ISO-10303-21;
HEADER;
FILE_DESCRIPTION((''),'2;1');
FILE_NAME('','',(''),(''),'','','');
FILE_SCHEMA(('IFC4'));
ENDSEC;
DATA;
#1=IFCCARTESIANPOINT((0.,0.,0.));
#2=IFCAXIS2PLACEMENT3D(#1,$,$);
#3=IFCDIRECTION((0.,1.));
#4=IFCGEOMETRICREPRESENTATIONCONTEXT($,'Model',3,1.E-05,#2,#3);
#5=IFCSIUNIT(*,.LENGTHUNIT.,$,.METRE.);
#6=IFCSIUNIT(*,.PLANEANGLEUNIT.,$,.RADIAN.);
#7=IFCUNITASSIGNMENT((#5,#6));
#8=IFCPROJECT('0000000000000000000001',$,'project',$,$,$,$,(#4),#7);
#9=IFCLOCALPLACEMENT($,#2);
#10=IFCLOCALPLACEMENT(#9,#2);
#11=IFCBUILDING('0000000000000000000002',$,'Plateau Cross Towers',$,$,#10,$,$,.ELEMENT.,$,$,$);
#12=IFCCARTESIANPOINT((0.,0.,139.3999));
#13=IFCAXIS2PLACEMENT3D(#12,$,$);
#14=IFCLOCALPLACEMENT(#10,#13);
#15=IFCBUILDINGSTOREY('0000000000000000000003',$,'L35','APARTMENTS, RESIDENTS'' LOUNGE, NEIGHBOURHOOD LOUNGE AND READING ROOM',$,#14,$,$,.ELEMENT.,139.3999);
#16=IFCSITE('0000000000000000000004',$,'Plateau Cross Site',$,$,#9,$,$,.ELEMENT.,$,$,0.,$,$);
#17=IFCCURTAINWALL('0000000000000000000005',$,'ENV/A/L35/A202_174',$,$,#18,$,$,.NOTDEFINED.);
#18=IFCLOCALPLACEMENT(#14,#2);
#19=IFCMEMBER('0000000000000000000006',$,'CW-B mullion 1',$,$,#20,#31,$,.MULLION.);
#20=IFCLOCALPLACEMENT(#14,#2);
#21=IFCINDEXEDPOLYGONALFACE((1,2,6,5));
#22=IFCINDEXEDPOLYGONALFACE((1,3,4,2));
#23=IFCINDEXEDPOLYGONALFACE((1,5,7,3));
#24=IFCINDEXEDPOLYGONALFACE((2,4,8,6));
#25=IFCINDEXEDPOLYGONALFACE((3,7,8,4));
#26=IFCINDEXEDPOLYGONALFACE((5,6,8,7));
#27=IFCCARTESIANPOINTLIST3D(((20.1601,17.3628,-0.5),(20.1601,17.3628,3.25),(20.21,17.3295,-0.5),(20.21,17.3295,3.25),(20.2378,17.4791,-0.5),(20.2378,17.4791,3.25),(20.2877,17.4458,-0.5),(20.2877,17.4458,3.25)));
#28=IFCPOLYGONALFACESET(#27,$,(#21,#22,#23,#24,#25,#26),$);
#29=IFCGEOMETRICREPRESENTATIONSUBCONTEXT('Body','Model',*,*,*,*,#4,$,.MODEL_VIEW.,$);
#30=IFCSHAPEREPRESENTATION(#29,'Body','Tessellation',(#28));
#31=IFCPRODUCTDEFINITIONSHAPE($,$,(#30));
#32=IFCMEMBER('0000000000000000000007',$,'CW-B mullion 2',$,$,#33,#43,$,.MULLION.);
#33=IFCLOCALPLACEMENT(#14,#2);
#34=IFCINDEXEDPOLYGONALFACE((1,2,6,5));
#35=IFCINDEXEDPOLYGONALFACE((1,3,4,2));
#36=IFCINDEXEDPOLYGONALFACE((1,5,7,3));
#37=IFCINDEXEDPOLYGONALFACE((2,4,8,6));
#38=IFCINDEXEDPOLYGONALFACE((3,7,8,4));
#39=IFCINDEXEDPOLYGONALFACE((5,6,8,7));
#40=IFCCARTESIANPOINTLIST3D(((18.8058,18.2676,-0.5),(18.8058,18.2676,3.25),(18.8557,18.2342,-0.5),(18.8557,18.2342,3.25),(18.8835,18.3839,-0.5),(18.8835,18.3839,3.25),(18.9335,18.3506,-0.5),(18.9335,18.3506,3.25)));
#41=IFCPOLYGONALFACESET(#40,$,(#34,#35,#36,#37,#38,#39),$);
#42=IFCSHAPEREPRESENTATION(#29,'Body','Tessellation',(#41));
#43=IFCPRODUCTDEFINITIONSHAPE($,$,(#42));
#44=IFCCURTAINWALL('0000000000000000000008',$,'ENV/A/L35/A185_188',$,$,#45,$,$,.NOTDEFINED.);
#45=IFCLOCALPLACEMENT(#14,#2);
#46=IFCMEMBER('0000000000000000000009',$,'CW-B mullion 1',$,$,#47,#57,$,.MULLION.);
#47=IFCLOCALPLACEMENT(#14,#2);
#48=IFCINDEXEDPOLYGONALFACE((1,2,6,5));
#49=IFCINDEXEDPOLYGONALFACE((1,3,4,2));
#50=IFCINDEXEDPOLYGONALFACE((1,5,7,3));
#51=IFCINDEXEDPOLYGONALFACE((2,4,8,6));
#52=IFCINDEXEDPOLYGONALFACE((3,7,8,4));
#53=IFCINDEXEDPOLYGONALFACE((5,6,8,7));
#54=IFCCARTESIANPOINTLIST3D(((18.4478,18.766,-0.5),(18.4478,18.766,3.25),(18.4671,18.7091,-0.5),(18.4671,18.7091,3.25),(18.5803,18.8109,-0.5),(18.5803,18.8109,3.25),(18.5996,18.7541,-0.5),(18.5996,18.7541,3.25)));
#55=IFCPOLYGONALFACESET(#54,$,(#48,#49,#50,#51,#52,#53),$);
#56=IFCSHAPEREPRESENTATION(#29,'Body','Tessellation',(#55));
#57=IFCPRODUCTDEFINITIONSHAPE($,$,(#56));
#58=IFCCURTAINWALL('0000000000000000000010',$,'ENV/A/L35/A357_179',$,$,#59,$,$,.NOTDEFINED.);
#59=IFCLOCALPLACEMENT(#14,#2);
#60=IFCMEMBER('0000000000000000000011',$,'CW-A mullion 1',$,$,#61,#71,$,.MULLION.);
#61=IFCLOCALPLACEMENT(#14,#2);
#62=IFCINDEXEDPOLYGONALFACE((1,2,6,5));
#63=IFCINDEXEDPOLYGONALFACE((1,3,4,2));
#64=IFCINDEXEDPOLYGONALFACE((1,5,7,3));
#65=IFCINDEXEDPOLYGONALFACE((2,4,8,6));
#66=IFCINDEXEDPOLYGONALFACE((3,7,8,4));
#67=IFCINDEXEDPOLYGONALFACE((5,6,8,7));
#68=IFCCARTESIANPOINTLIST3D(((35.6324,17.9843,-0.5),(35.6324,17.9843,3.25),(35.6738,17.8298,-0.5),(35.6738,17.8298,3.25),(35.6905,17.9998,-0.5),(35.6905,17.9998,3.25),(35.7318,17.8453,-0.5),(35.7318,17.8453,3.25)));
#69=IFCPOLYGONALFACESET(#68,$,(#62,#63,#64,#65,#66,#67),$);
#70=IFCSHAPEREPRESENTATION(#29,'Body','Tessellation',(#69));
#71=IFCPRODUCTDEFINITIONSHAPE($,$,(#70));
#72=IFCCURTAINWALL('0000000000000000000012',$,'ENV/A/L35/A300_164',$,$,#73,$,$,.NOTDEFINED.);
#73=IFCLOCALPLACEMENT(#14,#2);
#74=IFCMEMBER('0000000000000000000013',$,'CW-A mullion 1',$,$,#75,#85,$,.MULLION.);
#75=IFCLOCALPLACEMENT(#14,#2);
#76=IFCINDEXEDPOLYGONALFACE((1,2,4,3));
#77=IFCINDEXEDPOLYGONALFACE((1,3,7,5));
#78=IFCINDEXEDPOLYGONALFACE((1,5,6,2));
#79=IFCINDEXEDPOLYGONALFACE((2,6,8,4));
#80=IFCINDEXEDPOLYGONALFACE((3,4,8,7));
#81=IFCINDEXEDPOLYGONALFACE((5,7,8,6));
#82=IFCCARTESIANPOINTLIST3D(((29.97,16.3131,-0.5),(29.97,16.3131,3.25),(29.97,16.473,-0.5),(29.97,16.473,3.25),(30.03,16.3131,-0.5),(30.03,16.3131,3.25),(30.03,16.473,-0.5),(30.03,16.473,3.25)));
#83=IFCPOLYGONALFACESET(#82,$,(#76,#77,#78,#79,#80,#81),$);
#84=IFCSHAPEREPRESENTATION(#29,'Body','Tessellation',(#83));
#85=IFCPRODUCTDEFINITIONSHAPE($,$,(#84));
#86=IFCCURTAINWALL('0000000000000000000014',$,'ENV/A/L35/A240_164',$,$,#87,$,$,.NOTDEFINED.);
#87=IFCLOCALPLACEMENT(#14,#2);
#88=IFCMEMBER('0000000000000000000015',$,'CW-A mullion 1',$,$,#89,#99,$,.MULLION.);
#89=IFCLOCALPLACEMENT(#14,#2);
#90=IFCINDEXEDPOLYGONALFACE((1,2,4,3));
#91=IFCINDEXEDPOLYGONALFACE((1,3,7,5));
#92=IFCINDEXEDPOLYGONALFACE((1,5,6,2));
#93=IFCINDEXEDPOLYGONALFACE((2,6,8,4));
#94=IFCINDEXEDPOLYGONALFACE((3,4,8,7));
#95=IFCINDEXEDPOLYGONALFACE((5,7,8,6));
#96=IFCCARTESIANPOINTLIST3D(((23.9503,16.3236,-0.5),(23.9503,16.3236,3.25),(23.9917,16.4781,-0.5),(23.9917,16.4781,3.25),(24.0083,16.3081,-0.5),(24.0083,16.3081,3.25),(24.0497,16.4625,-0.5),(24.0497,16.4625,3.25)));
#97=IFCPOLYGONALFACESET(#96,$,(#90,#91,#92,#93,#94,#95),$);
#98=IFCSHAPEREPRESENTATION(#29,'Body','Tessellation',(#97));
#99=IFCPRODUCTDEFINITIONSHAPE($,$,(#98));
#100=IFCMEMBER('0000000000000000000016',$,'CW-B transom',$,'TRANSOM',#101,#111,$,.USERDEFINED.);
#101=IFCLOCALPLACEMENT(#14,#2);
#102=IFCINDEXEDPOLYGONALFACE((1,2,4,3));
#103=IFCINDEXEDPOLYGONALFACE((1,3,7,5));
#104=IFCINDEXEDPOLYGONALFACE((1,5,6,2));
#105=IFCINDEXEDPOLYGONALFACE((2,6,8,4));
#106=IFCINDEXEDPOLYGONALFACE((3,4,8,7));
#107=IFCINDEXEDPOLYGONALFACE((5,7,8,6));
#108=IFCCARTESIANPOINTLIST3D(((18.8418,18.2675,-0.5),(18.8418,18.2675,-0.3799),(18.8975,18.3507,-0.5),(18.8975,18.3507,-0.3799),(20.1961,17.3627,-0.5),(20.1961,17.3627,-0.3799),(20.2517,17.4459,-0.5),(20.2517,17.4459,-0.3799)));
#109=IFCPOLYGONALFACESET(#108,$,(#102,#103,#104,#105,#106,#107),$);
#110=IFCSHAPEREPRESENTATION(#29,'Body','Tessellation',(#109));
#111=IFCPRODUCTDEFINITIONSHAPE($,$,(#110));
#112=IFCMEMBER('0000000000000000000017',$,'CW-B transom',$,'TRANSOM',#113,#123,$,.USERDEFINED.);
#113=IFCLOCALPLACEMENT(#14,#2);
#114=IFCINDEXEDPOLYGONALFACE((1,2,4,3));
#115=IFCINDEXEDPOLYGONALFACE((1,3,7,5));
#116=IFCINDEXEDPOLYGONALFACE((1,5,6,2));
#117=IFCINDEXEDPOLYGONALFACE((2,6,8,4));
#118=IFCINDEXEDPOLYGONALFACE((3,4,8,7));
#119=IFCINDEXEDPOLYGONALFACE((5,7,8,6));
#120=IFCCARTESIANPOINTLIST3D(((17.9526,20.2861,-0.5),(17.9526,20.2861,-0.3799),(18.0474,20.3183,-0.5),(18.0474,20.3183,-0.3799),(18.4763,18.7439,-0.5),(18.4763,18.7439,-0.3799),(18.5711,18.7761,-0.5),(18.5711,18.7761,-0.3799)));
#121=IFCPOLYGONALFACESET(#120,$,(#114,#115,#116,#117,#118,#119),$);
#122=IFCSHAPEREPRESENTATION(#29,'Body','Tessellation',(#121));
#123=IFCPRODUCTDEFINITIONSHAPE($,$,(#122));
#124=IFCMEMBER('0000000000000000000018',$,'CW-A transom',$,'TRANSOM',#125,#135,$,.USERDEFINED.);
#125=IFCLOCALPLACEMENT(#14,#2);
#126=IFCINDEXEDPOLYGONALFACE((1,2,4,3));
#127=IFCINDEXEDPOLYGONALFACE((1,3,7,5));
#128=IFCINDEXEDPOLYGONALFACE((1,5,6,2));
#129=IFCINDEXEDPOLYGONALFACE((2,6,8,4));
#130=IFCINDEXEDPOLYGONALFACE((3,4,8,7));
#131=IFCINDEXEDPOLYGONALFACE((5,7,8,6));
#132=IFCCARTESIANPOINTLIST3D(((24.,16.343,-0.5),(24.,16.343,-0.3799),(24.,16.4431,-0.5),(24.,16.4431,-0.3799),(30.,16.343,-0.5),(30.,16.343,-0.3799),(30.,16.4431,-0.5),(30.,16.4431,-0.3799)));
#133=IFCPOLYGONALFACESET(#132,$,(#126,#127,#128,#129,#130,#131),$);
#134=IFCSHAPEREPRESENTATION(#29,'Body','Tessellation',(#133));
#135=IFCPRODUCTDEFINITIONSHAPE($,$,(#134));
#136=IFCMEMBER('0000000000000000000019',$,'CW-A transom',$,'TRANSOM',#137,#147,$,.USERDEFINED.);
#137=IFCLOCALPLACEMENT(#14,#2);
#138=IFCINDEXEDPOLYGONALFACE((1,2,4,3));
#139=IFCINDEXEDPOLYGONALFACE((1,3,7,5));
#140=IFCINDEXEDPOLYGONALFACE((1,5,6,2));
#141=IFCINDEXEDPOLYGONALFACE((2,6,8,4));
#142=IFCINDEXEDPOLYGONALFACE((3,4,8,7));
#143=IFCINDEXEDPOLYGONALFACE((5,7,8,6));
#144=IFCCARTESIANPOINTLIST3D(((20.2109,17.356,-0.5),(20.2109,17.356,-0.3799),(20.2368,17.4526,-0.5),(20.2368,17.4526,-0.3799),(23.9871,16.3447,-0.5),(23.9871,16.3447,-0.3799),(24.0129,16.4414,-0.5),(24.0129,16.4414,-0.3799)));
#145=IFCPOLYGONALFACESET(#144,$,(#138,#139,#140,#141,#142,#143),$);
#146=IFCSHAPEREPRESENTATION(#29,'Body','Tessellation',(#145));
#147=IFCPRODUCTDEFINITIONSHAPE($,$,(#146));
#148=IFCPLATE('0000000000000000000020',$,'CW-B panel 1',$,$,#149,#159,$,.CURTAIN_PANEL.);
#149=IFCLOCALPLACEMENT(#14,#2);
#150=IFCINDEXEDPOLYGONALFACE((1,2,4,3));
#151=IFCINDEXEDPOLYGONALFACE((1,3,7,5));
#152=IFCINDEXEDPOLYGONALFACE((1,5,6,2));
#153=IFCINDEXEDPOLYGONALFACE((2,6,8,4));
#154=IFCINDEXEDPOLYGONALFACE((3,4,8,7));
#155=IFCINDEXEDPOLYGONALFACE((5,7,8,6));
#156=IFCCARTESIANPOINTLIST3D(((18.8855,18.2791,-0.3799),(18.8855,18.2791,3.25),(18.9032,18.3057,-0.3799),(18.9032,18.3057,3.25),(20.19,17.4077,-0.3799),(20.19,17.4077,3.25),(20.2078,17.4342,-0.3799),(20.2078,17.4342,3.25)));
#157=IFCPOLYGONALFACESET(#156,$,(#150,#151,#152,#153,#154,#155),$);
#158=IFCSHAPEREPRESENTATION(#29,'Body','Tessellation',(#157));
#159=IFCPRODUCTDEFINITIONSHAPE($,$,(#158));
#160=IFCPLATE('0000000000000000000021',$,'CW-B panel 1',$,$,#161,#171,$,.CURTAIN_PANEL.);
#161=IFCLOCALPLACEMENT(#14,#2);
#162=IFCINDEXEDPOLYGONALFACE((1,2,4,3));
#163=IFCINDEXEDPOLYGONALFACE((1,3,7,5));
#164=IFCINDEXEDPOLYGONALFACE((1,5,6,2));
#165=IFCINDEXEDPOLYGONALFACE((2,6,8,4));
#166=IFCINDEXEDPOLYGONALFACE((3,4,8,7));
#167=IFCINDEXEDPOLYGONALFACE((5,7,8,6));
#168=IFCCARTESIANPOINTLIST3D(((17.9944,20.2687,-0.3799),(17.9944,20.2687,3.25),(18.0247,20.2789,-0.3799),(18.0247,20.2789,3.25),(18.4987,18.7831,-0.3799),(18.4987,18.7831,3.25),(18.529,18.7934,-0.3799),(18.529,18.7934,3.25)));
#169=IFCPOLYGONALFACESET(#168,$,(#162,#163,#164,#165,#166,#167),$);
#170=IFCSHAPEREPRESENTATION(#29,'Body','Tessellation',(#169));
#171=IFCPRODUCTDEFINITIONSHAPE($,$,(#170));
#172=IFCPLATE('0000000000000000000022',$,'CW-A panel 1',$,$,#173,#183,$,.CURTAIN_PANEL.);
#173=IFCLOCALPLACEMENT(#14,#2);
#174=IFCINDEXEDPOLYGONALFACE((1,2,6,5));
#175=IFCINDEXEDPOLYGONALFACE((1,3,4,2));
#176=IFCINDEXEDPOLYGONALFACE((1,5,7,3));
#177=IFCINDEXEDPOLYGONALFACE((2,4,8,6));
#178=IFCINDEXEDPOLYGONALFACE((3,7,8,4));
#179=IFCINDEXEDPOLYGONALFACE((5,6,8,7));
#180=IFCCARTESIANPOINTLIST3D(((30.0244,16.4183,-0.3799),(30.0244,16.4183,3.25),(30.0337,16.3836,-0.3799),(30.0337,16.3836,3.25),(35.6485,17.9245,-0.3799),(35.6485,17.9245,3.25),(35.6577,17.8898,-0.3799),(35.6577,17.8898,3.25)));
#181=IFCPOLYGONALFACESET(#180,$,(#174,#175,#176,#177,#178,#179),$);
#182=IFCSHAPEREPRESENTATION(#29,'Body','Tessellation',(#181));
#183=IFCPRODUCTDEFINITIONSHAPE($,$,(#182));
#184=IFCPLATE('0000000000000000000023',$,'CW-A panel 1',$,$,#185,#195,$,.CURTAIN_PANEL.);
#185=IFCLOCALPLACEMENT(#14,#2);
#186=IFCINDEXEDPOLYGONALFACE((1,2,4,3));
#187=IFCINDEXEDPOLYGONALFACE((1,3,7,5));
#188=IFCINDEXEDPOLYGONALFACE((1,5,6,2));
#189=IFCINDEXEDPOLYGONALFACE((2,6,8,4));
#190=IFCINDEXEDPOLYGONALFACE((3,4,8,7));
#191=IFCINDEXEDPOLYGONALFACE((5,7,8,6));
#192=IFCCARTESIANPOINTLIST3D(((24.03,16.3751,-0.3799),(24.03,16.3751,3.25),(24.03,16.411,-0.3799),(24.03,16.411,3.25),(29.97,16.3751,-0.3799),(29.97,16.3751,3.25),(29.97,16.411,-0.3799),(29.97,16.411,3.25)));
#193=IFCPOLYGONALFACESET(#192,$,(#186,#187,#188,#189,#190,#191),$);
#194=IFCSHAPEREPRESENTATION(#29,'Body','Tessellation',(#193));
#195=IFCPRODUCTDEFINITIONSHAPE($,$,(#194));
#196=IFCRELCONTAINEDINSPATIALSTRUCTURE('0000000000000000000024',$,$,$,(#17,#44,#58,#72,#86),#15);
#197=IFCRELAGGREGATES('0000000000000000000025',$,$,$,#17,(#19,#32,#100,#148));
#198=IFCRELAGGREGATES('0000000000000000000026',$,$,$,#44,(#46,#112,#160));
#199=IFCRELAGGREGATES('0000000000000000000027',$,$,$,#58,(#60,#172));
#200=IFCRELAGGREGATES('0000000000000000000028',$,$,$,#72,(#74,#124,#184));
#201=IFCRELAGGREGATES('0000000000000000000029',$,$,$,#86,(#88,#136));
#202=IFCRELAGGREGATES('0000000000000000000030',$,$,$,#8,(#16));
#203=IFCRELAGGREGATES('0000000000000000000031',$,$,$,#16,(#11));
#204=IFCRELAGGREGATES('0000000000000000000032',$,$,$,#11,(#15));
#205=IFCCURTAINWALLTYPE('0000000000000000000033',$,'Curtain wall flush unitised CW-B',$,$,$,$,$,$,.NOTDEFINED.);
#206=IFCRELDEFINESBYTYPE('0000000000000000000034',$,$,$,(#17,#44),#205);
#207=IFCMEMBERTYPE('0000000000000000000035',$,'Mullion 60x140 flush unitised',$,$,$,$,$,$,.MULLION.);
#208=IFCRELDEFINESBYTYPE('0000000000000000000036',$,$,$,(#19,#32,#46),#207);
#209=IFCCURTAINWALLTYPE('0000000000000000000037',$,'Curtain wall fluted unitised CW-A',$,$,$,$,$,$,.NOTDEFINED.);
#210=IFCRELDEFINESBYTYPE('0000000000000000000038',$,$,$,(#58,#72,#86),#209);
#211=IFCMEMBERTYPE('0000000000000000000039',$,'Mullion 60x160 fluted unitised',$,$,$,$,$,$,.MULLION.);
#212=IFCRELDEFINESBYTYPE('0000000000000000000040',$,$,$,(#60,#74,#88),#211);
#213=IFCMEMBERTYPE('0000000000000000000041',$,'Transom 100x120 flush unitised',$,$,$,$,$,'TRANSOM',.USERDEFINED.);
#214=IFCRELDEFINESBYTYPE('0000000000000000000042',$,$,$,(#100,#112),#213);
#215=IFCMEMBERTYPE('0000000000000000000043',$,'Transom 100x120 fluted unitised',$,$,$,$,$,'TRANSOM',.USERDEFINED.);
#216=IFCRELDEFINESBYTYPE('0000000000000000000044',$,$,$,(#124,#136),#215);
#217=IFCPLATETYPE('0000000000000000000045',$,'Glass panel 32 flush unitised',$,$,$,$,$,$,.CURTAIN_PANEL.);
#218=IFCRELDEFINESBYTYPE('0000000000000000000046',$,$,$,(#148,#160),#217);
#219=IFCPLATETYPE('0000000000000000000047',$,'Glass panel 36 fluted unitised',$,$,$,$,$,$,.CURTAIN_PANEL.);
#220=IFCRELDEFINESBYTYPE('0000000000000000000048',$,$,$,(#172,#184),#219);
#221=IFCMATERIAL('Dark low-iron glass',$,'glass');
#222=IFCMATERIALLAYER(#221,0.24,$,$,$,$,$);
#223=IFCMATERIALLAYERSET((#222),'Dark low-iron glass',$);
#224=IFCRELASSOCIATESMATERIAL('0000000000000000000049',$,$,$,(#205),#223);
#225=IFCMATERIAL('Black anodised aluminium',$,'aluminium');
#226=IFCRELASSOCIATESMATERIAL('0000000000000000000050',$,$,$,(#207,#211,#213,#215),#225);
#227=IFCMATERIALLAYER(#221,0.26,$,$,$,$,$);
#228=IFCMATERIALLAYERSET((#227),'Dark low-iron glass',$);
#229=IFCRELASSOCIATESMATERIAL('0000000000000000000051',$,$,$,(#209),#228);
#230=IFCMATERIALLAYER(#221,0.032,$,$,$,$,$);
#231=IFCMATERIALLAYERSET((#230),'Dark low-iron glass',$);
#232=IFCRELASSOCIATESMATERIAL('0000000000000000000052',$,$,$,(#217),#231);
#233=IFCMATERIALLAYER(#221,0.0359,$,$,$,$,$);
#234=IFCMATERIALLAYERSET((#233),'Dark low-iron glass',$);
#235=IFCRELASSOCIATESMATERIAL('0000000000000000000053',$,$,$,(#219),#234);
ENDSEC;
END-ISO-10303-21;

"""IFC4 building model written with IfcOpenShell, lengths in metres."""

from ifc_helpers import new_model, si_unit, direction, frame, origin, origin_2d, place, context, subcontext, project, spatial, rectangle, extrude, material, layer, layer_set, material_profile, profile_set, type_object, element, aggregate, save


model = new_model("IFC4")

# Units and contexts
model_context = context("Model", 3, precision=1e-05, world=origin(), true_north=direction((0.0, 1.0)))
body_context = subcontext(model_context, "Body", "Model", "MODEL_VIEW")
ifc_project = project(units=[si_unit("LENGTHUNIT", "METRE"), si_unit("PLANEANGLEUNIT", "RADIAN")], contexts=[model_context])

# Site, building, storey
site_placement = place(None, origin())
site = spatial("IfcSite", under=ifc_project, at=site_placement, Name="Plateau Cross Site", CompositionType="ELEMENT", RefElevation=0.0)
building_placement = place(site_placement, origin())
building = spatial("IfcBuilding", under=site, at=building_placement, Name="Plateau Cross Towers", CompositionType="ELEMENT")
storey_placement = place(building_placement, frame((0.0, 0.0, 139.3999)))
storey = spatial("IfcBuildingStorey", under=building, at=storey_placement, Name="L35", Description="APARTMENTS, RESIDENTS' LOUNGE, NEIGHBOURHOOD LOUNGE AND READING ROOM", CompositionType="ELEMENT", Elevation=139.3999)

# Curtain wall, members
ifc_material_1 = material(Name="Dark low-iron glass", Category="glass")
ifc_layer_1 = layer(ifc_material_1, 0.24)
ifc_layer_set_1 = layer_set([ifc_layer_1], Name="Dark low-iron glass")
curtain_wall_type_1 = type_object("IfcCurtainWallType", Name="Curtain wall flush unitised CW-B", PredefinedType="NOTDEFINED", material=ifc_layer_set_1)
curtain_wall_1_placement = place(storey_placement, origin())
curtain_wall_1 = element("IfcCurtainWall", 1, at=curtain_wall_1_placement, inside=storey, type_object=curtain_wall_type_1, Name="ENV/A/L35/A202_174", PredefinedType="NOTDEFINED")
ifc_material_2 = material(Name="Black anodised aluminium", Category="aluminium")
ifc_material_profile_1 = material_profile(ifc_material_2, rectangle(XDim=0.0601, YDim=0.1399, at=origin_2d()), Name="MULLION 60x140")
ifc_profile_set_1 = profile_set([ifc_material_profile_1], Name="Black anodised aluminium")
member_type_1 = type_object("IfcMemberType", Name="Mullion 60x140 flush unitised", PredefinedType="MULLION", material=ifc_profile_set_1)
member_1_placement = place(storey_placement, frame((20.2239, 17.4043, -0.5), z_axis=(0.0, 0.0, 1.0), x_axis=(-0.831521, 0.555493, 0.0)))
member_1 = element("IfcMember", 2, at=member_1_placement, type_object=member_type_1, Name="CW-B mullion 1", PredefinedType="MULLION", context=body_context, shape_type="SweptSolid", body=[
    extrude(rectangle(XDim=0.0601, YDim=0.1399, at=origin_2d()), origin(), (0.0, 0.0, 1.0), 3.75),
])
member_2_placement = place(storey_placement, frame((18.8696, 18.3091, -0.5), z_axis=(0.0, 0.0, 1.0), x_axis=(-0.831521, 0.555493, 0.0)))
member_2 = element("IfcMember", 3, at=member_2_placement, type_object=member_type_1, Name="CW-B mullion 2", PredefinedType="MULLION", context=body_context, shape_type="SweptSolid", body=[
    extrude(rectangle(XDim=0.0601, YDim=0.1399, at=origin_2d()), origin(), (0.0, 0.0, 1.0), 3.75),
])

# Curtain walls, members
curtain_wall_2_placement = place(storey_placement, origin())
curtain_wall_2 = element("IfcCurtainWall", 4, at=curtain_wall_2_placement, inside=storey, type_object=curtain_wall_type_1, Name="ENV/A/L35/A185_188", PredefinedType="NOTDEFINED")
member_3_placement = place(storey_placement, frame((18.5237, 18.76, -0.5), z_axis=(0.0, 0.0, 1.0), x_axis=(-0.321469, 0.94692, 0.0)))
member_3 = element("IfcMember", 5, at=member_3_placement, type_object=member_type_1, Name="CW-B mullion 1", PredefinedType="MULLION", context=body_context, shape_type="SweptSolid", body=[
    extrude(rectangle(XDim=0.0601, YDim=0.1399, at=origin_2d()), origin(), (0.0, 0.0, 1.0), 3.75),
])
ifc_layer_2 = layer(ifc_material_1, 0.26)
ifc_layer_set_2 = layer_set([ifc_layer_2], Name="Dark low-iron glass")
curtain_wall_type_2 = type_object("IfcCurtainWallType", Name="Curtain wall fluted unitised CW-A", PredefinedType="NOTDEFINED", material=ifc_layer_set_2)
curtain_wall_3_placement = place(storey_placement, origin())
curtain_wall_3 = element("IfcCurtainWall", 6, at=curtain_wall_3_placement, inside=storey, type_object=curtain_wall_type_2, Name="ENV/A/L35/A357_179", PredefinedType="NOTDEFINED")
ifc_material_profile_2 = material_profile(ifc_material_2, rectangle(XDim=0.0601, YDim=0.1599, at=origin_2d()), Name="MULLION 60x160")
ifc_profile_set_2 = profile_set([ifc_material_profile_2], Name="Black anodised aluminium")
member_type_2 = type_object("IfcMemberType", Name="Mullion 60x160 fluted unitised", PredefinedType="MULLION", material=ifc_profile_set_2)
member_4_placement = place(storey_placement, frame((35.6821, 17.9148, -0.5), z_axis=(0.0, 0.0, 1.0), x_axis=(-0.965958, -0.258699, 0.0)))
member_4 = element("IfcMember", 7, at=member_4_placement, type_object=member_type_2, Name="CW-A mullion 1", PredefinedType="MULLION", context=body_context, shape_type="SweptSolid", body=[
    extrude(rectangle(XDim=0.0601, YDim=0.1599, at=origin_2d()), origin(), (0.0, 0.0, 1.0), 3.75),
])
curtain_wall_4_placement = place(storey_placement, origin())
curtain_wall_4 = element("IfcCurtainWall", 8, at=curtain_wall_4_placement, inside=storey, type_object=curtain_wall_type_2, Name="ENV/A/L35/A300_164", PredefinedType="NOTDEFINED")
member_5_placement = place(storey_placement, frame((30.0, 16.3931, -0.5), z_axis=(0.0, 0.0, 1.0), x_axis=(-1.0, 0.0, 0.0)))
member_5 = element("IfcMember", 9, at=member_5_placement, type_object=member_type_2, Name="CW-A mullion 1", PredefinedType="MULLION", context=body_context, shape_type="SweptSolid", body=[
    extrude(rectangle(XDim=0.0601, YDim=0.1599, at=origin_2d()), origin(), (0.0, 0.0, 1.0), 3.75),
])
curtain_wall_5_placement = place(storey_placement, origin())
curtain_wall_5 = element("IfcCurtainWall", 10, at=curtain_wall_5_placement, inside=storey, type_object=curtain_wall_type_2, Name="ENV/A/L35/A240_164", PredefinedType="NOTDEFINED")
member_6_placement = place(storey_placement, frame((24.0, 16.3931, -0.5), z_axis=(0.0, 0.0, 1.0), x_axis=(-0.965958, 0.258699, 0.0)))
member_6 = element("IfcMember", 11, at=member_6_placement, type_object=member_type_2, Name="CW-A mullion 1", PredefinedType="MULLION", context=body_context, shape_type="SweptSolid", body=[
    extrude(rectangle(XDim=0.0601, YDim=0.1599, at=origin_2d()), origin(), (0.0, 0.0, 1.0), 3.75),
])

# Members
ifc_material_profile_3 = material_profile(ifc_material_2, rectangle(XDim=0.1001, YDim=0.1201, at=origin_2d()), Name="TRANSOM 100x120")
ifc_profile_set_3 = profile_set([ifc_material_profile_3], Name="Black anodised aluminium")
member_type_3 = type_object("IfcMemberType", Name="Transom 100x120 flush unitised", ElementType="TRANSOM", PredefinedType="USERDEFINED", material=ifc_profile_set_3)
member_7_placement = place(storey_placement, frame((20.2239, 17.4043, -0.4399), z_axis=(-0.831496, 0.55553, 0.0), x_axis=(-0.55553, -0.831496, 0.0)))
member_7 = element("IfcMember", 12, at=member_7_placement, type_object=member_type_3, Name="CW-B transom", ObjectType="TRANSOM", PredefinedType="USERDEFINED", context=body_context, shape_type="SweptSolid", body=[
    extrude(rectangle(XDim=0.1001, YDim=0.1201, at=origin_2d()), origin(), (0.0, 0.0, 1.0), 1.6287),
])
member_8_placement = place(storey_placement, frame((18.5237, 18.76, -0.4399), z_axis=(-0.321529, 0.9469, 0.0), x_axis=(-0.9469, -0.321529, 0.0)))
member_8 = element("IfcMember", 13, at=member_8_placement, type_object=member_type_3, Name="CW-B transom", ObjectType="TRANSOM", PredefinedType="USERDEFINED", context=body_context, shape_type="SweptSolid", body=[
    extrude(rectangle(XDim=0.1001, YDim=0.1201, at=origin_2d()), origin(), (0.0, 0.0, 1.0), 1.6287),
])
ifc_material_profile_4 = material_profile(ifc_material_2, rectangle(XDim=0.1001, YDim=0.1201, at=origin_2d()), Name="TRANSOM 100x120")
ifc_profile_set_4 = profile_set([ifc_material_profile_4], Name="Black anodised aluminium")
member_type_4 = type_object("IfcMemberType", Name="Transom 100x120 fluted unitised", ElementType="TRANSOM", PredefinedType="USERDEFINED", material=ifc_profile_set_4)
member_9_placement = place(storey_placement, frame((30.0, 16.3931, -0.4399), z_axis=(-1.0, 0.0, 0.0), x_axis=(0.0, -1.0, 0.0)))
member_9 = element("IfcMember", 14, at=member_9_placement, type_object=member_type_4, Name="CW-A transom", ObjectType="TRANSOM", PredefinedType="USERDEFINED", context=body_context, shape_type="SweptSolid", body=[
    extrude(rectangle(XDim=0.1001, YDim=0.1201, at=origin_2d()), origin(), (0.0, 0.0, 1.0), 6.0),
])
member_10_placement = place(storey_placement, frame((24.0, 16.3931, -0.4399), z_axis=(-0.965963, 0.258681, 0.0), x_axis=(-0.258681, -0.965963, 0.0)))
member_10 = element("IfcMember", 15, at=member_10_placement, type_object=member_type_4, Name="CW-A transom", ObjectType="TRANSOM", PredefinedType="USERDEFINED", context=body_context, shape_type="SweptSolid", body=[
    extrude(rectangle(XDim=0.1001, YDim=0.1201, at=origin_2d()), origin(), (0.0, 0.0, 1.0), 3.9092),
])

# Plates
ifc_layer_3 = layer(ifc_material_1, 0.032)
ifc_layer_set_3 = layer_set([ifc_layer_3], Name="Dark low-iron glass")
plate_type_1 = type_object("IfcPlateType", Name="Glass panel 32 flush unitised", PredefinedType="CURTAIN_PANEL", material=ifc_layer_set_3)
plate_1_placement = place(storey_placement, frame((19.5466, 17.8567, -0.3799), z_axis=(0.0, 0.0, 1.0), x_axis=(-0.831521, 0.555493, 0.0)))
plate_1 = element("IfcPlate", 16, at=plate_1_placement, type_object=plate_type_1, Name="CW-B panel 1", PredefinedType="CURTAIN_PANEL", context=body_context, shape_type="SweptSolid", body=[
    extrude(rectangle(XDim=1.5688, YDim=0.032, at=origin_2d()), origin(), (0.0, 0.0, 1.0), 3.6299),
])
aggregate(curtain_wall_1, [member_1, member_2, member_7, plate_1])
plate_2_placement = place(storey_placement, frame((18.2617, 19.531, -0.3799), z_axis=(0.0, 0.0, 1.0), x_axis=(-0.321469, 0.94692, 0.0)))
plate_2 = element("IfcPlate", 17, at=plate_2_placement, type_object=plate_type_1, Name="CW-B panel 1", PredefinedType="CURTAIN_PANEL", context=body_context, shape_type="SweptSolid", body=[
    extrude(rectangle(XDim=1.5688, YDim=0.032, at=origin_2d()), origin(), (0.0, 0.0, 1.0), 3.6299),
])
aggregate(curtain_wall_2, [member_3, member_8, plate_2])
ifc_layer_4 = layer(ifc_material_1, 0.0359)
ifc_layer_set_4 = layer_set([ifc_layer_4], Name="Dark low-iron glass")
plate_type_2 = type_object("IfcPlateType", Name="Glass panel 36 fluted unitised", PredefinedType="CURTAIN_PANEL", material=ifc_layer_set_4)
plate_3_placement = place(storey_placement, frame((32.8411, 17.1541, -0.3799), z_axis=(0.0, 0.0, 1.0), x_axis=(-0.965958, -0.258699, 0.0)))
plate_3 = element("IfcPlate", 18, at=plate_3_placement, type_object=plate_type_2, Name="CW-A panel 1", PredefinedType="CURTAIN_PANEL", context=body_context, shape_type="SweptSolid", body=[
    extrude(rectangle(XDim=5.8223, YDim=0.0359, at=origin_2d()), origin(), (0.0, 0.0, 1.0), 3.6299),
])
aggregate(curtain_wall_3, [member_4, plate_3])
plate_4_placement = place(storey_placement, frame((27.0, 16.3931, -0.3799), z_axis=(0.0, 0.0, 1.0), x_axis=(-1.0, 0.0, 0.0)))
plate_4 = element("IfcPlate", 19, at=plate_4_placement, type_object=plate_type_2, Name="CW-A panel 1", PredefinedType="CURTAIN_PANEL", context=body_context, shape_type="SweptSolid", body=[
    extrude(rectangle(XDim=5.9399, YDim=0.0359, at=origin_2d()), origin(), (0.0, 0.0, 1.0), 3.6299),
])
aggregate(curtain_wall_4, [member_5, member_9, plate_4])
aggregate(curtain_wall_5, [member_6, member_10])

save(model, "model.ifc")
